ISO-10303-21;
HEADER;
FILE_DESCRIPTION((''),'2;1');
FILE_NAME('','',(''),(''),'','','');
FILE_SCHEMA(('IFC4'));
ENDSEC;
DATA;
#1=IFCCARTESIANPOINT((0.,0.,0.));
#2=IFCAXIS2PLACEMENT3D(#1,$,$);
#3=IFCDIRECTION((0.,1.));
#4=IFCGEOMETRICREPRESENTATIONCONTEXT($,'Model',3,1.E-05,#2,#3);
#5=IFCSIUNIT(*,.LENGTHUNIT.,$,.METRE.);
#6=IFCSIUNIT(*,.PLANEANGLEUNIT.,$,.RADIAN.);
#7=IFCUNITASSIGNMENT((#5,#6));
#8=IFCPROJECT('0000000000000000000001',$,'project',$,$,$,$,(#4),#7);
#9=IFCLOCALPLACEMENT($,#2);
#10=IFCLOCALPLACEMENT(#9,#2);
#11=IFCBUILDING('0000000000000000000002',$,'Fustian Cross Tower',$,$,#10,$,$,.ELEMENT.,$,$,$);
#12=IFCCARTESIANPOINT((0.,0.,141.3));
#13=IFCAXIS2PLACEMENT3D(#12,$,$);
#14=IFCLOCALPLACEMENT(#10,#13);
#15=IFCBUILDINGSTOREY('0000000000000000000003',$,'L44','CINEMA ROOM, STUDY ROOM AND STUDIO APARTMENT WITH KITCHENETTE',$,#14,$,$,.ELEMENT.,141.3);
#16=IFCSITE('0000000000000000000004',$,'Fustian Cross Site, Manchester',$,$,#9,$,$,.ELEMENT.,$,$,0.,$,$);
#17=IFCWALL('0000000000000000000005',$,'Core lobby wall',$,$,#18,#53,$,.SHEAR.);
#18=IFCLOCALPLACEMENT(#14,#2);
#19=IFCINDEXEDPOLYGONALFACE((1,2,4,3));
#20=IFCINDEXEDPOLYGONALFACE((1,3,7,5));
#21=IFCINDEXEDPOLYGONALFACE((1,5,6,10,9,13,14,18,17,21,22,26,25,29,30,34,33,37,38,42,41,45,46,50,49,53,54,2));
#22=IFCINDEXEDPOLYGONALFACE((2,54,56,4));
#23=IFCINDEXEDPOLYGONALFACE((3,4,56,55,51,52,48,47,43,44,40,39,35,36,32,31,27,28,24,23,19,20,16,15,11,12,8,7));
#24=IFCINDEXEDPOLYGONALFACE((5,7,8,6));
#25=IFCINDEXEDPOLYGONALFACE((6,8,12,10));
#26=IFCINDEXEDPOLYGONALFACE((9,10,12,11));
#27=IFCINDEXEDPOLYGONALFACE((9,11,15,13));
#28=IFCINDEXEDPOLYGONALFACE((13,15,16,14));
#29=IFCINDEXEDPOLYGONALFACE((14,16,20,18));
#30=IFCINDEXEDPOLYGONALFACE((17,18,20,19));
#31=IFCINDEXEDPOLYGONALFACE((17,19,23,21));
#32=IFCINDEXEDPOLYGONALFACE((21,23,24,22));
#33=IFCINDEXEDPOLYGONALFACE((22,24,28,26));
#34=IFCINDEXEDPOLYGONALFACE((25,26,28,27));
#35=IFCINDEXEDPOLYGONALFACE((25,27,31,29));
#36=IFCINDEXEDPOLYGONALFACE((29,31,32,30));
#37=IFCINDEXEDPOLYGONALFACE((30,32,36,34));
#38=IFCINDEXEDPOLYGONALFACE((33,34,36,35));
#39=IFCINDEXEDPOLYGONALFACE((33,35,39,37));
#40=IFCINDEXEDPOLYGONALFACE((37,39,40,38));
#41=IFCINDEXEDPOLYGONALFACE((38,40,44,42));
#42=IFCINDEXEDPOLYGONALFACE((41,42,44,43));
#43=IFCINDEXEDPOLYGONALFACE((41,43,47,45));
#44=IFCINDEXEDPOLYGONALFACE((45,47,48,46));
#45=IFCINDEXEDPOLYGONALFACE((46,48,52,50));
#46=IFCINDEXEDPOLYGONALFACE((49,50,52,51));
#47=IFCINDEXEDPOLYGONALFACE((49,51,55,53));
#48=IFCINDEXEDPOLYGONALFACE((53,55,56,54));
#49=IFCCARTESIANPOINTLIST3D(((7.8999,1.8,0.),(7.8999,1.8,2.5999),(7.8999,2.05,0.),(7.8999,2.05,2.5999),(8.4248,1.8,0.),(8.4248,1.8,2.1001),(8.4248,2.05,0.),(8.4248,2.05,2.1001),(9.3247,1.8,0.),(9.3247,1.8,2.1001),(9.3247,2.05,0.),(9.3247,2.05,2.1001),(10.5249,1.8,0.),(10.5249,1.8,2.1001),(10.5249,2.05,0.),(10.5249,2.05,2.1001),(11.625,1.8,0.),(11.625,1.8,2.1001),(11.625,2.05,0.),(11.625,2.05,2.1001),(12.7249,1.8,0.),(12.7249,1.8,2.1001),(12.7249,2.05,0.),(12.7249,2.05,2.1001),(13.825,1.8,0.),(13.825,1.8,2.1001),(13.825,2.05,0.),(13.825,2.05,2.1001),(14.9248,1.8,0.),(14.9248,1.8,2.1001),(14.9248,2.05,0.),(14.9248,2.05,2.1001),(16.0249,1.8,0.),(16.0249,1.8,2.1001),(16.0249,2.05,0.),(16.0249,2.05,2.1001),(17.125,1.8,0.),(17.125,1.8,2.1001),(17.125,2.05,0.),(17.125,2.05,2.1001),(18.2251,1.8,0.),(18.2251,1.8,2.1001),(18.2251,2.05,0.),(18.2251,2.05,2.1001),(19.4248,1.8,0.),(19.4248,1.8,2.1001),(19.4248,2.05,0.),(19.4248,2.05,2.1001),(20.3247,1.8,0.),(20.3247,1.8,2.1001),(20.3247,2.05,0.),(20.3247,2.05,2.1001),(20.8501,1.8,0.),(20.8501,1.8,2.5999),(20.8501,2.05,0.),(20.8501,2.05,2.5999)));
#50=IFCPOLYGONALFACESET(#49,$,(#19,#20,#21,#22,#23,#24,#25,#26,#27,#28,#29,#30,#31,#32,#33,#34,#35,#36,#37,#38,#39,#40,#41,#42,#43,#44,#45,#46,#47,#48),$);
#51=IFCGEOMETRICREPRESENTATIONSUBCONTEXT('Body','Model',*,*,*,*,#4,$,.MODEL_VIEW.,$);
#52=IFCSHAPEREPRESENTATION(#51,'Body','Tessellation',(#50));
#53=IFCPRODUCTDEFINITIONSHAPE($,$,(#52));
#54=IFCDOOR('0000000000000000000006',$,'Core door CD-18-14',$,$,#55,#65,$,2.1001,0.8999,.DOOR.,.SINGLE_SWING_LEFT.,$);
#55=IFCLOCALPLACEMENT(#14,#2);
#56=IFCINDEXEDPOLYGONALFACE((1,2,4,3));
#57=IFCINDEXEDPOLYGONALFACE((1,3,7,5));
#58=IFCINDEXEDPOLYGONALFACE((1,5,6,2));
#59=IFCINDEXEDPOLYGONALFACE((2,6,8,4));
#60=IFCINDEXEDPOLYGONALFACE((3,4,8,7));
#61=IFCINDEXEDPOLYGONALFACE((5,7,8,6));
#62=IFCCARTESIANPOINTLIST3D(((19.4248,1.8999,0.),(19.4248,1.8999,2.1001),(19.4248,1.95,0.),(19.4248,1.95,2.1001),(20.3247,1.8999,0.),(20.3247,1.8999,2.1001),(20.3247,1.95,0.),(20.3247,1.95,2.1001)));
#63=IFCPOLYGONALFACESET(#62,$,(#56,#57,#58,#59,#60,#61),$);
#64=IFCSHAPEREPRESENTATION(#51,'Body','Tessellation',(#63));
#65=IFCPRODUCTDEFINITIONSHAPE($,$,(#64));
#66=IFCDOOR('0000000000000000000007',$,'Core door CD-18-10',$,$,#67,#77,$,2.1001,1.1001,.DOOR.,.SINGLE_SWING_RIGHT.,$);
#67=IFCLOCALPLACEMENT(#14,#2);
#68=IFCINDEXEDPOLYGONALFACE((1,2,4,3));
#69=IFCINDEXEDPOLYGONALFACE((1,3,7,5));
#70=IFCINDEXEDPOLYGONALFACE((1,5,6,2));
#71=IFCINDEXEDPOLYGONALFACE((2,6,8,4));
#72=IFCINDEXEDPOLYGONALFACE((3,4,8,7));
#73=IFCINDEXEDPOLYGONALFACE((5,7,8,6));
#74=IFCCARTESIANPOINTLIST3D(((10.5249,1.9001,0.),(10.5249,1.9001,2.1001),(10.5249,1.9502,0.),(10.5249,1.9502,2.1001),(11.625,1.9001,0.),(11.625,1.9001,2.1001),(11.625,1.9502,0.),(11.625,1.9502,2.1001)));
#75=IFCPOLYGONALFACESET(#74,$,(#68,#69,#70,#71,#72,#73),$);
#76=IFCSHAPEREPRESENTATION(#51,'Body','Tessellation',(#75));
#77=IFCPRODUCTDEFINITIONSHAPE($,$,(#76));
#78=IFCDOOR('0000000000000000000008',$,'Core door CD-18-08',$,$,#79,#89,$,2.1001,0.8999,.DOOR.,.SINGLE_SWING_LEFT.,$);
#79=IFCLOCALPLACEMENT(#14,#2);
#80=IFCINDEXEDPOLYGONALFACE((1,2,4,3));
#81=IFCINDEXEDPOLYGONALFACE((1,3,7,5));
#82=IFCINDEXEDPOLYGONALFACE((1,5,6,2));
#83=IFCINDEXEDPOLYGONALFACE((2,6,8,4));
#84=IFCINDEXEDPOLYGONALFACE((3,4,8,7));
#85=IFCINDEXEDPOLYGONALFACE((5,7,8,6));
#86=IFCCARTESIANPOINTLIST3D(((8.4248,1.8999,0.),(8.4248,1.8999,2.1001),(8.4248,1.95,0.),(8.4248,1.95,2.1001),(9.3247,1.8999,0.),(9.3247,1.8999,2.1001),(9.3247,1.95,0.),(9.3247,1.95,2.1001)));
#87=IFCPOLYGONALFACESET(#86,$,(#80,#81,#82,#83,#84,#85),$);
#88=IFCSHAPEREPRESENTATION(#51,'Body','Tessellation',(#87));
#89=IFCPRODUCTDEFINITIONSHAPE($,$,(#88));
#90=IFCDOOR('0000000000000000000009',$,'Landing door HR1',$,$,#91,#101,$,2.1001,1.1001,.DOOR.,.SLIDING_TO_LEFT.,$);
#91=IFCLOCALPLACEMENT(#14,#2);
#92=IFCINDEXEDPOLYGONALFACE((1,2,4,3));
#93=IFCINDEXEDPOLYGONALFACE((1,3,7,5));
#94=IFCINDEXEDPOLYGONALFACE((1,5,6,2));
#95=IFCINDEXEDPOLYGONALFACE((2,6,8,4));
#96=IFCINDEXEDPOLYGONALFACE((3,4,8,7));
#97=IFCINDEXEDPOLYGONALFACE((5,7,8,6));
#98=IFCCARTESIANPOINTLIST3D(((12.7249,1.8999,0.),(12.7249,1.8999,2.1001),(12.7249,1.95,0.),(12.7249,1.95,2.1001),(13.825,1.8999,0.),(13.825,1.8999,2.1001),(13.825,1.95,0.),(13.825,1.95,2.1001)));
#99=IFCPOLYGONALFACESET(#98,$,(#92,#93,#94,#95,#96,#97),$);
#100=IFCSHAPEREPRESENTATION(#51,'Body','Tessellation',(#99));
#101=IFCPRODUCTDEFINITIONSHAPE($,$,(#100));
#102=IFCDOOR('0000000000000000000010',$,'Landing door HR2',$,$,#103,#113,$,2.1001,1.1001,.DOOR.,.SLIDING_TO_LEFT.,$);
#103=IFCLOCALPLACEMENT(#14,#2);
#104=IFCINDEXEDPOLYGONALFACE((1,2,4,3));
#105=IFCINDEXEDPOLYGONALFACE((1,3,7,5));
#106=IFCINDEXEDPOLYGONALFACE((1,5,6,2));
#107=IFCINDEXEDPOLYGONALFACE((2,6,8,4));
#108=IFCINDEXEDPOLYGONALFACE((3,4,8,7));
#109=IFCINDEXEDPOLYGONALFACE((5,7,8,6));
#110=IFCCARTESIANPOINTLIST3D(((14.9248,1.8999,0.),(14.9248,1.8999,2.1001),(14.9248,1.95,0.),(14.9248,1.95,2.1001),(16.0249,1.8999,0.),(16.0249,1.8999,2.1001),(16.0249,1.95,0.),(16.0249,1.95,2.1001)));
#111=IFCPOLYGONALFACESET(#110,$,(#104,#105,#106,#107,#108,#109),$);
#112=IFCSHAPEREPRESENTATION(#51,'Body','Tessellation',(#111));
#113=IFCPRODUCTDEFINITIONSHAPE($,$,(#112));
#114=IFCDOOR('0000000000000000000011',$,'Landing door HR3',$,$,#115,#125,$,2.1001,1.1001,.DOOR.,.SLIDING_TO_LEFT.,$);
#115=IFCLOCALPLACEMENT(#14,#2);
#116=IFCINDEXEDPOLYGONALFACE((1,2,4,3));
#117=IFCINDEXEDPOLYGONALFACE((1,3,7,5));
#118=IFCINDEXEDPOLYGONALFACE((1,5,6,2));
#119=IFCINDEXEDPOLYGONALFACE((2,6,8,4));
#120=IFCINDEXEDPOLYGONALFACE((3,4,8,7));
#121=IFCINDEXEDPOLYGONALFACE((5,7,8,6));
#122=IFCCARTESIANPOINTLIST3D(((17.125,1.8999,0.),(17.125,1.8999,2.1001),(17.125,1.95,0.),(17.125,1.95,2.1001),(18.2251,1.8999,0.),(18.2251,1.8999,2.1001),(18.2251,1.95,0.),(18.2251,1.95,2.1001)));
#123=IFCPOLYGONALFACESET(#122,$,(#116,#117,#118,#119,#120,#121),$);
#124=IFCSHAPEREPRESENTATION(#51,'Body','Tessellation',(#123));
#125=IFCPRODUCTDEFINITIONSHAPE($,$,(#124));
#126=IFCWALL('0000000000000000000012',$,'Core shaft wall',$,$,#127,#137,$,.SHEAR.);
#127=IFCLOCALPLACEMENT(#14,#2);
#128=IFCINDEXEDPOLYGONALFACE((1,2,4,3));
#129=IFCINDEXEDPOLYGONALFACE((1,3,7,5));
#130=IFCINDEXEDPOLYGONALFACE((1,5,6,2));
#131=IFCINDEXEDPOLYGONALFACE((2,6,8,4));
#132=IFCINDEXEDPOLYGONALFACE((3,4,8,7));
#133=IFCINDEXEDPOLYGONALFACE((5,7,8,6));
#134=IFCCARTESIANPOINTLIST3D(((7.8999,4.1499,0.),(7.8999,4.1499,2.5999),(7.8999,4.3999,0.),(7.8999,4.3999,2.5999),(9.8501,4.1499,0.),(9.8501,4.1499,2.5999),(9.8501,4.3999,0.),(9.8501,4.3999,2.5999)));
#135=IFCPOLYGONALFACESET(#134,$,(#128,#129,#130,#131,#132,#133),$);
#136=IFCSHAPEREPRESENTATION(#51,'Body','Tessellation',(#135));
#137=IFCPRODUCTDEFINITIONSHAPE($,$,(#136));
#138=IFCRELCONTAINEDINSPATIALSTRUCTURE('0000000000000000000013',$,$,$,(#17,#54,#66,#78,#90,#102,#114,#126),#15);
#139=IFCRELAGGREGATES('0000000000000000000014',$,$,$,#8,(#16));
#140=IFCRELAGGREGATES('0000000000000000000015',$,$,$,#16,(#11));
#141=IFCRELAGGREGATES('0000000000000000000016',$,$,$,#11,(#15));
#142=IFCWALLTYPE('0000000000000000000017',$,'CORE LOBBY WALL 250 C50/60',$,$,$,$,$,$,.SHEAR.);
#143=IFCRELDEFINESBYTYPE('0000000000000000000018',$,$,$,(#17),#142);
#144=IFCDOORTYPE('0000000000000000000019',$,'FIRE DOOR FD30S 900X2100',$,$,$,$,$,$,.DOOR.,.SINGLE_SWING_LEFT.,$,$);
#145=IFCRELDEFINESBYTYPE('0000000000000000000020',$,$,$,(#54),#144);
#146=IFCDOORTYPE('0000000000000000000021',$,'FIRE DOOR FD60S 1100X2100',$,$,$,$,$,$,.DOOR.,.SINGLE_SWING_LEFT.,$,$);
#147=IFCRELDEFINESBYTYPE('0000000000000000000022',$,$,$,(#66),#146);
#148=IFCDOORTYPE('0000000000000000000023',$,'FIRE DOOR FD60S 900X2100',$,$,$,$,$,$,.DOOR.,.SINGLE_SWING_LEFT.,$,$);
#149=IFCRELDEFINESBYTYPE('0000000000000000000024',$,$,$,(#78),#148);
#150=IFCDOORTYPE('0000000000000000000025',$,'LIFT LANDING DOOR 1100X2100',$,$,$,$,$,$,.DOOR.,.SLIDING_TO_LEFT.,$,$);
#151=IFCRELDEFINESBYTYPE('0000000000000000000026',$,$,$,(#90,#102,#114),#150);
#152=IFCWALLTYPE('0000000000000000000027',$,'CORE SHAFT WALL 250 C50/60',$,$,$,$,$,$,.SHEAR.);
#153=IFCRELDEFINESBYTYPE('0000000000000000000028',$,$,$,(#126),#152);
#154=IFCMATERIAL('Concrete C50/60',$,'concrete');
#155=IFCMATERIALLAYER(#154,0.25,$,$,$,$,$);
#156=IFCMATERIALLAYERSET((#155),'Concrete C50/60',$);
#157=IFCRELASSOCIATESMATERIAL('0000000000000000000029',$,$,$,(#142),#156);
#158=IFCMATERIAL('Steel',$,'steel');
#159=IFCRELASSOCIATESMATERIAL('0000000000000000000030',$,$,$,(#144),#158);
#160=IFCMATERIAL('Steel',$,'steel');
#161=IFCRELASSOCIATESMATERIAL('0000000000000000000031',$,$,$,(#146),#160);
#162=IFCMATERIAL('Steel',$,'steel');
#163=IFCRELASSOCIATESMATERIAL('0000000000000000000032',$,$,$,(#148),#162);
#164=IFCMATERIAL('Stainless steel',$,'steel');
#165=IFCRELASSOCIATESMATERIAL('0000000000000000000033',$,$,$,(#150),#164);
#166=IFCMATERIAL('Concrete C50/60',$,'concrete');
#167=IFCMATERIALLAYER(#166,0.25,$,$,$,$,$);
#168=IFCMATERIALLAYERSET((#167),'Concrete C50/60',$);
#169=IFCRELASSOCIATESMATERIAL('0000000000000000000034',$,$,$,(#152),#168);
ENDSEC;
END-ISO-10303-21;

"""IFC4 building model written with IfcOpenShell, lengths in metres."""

from ifc_helpers import new_model, si_unit, direction, frame, frame_2d, origin, place, context, subcontext, project, spatial, rectangle, extrude, material, layer, layer_set, type_object, element, fill, save


model = new_model("IFC4")

# Units and contexts
model_context = context("Model", 3, precision=1e-05, world=origin(), true_north=direction((0.0, 1.0)))
body_context = subcontext(model_context, "Body", "Model", "MODEL_VIEW")
ifc_project = project(units=[si_unit("LENGTHUNIT", "METRE"), si_unit("PLANEANGLEUNIT", "RADIAN")], contexts=[model_context])

# Site, building, storey
site_placement = place(None, origin())
site = spatial("IfcSite", under=ifc_project, at=site_placement, Name="Fustian Cross Site, Manchester", CompositionType="ELEMENT", RefElevation=0.0)
building_placement = place(site_placement, origin())
building = spatial("IfcBuilding", under=site, at=building_placement, Name="Fustian Cross Tower", CompositionType="ELEMENT")
storey_placement = place(building_placement, frame((0.0, 0.0, 141.3)))
storey = spatial("IfcBuildingStorey", under=building, at=storey_placement, Name="L44", Description="CINEMA ROOM, STUDY ROOM AND STUDIO APARTMENT WITH KITCHENETTE", CompositionType="ELEMENT", Elevation=141.3)

# Wall, openings, doors
ifc_material_1 = material(Name="Concrete C50/60", Category="concrete")
ifc_layer_1 = layer(ifc_material_1, 0.25)
ifc_layer_set_1 = layer_set([ifc_layer_1], Name="Concrete C50/60")
wall_type_1 = type_object("IfcWallType", Name="CORE LOBBY WALL 250 C50/60", PredefinedType="SHEAR", material=ifc_layer_set_1)
wall_1_placement = place(storey_placement, frame((7.8999, 1.925, 0.0), z_axis=(0.0, 0.0, 1.0), x_axis=(1.0, 0.0, 0.0)))
wall_1 = element("IfcWall", 1, at=wall_1_placement, inside=storey, type_object=wall_type_1, Name="Core lobby wall", PredefinedType="SHEAR", context=body_context, shape_type="SweptSolid", body=[
    extrude(rectangle(XDim=12.9502, YDim=0.25, at=frame_2d((6.4751, 0.0))), origin(), (0.0, 0.0, 1.0), 2.5999),
])
opening_1_placement = place(wall_1_placement, frame((4.825, 0.0, 0.0)))
opening_1 = element("IfcOpeningElement", 2, at=opening_1_placement, cuts=wall_1, PredefinedType="OPENING", context=body_context, shape_type="SweptSolid", body=[
    extrude(rectangle(XDim=1.1001, YDim=2.1001, at=frame_2d((0.55, 1.05))), frame((0.0, 0.135, 0.0), z_axis=(0.0, -1.0, 0.0), x_axis=(1.0, 0.0, 0.0)), (0.0, 0.0, 1.0), 0.27),
])
opening_2_placement = place(wall_1_placement, frame((7.0249, 0.0, 0.0)))
opening_2 = element("IfcOpeningElement", 3, at=opening_2_placement, cuts=wall_1, PredefinedType="OPENING", context=body_context, shape_type="SweptSolid", body=[
    extrude(rectangle(XDim=1.1001, YDim=2.1001, at=frame_2d((0.55, 1.05))), frame((0.0, 0.135, 0.0), z_axis=(0.0, -1.0, 0.0), x_axis=(1.0, 0.0, 0.0)), (0.0, 0.0, 1.0), 0.27),
])
opening_3_placement = place(wall_1_placement, frame((9.2251, 0.0, 0.0)))
opening_3 = element("IfcOpeningElement", 4, at=opening_3_placement, cuts=wall_1, PredefinedType="OPENING", context=body_context, shape_type="SweptSolid", body=[
    extrude(rectangle(XDim=1.1001, YDim=2.1001, at=frame_2d((0.55, 1.05))), frame((0.0, 0.135, 0.0), z_axis=(0.0, -1.0, 0.0), x_axis=(1.0, 0.0, 0.0)), (0.0, 0.0, 1.0), 0.27),
])
opening_4_placement = place(wall_1_placement, frame((0.5249, 0.0, 0.0)))
opening_4 = element("IfcOpeningElement", 5, at=opening_4_placement, cuts=wall_1, PredefinedType="OPENING", context=body_context, shape_type="SweptSolid", body=[
    extrude(rectangle(XDim=0.8999, YDim=2.1001, at=frame_2d((0.45, 1.05))), frame((0.0, 0.135, 0.0), z_axis=(0.0, -1.0, 0.0), x_axis=(1.0, 0.0, 0.0)), (0.0, 0.0, 1.0), 0.27),
])
opening_5_placement = place(wall_1_placement, frame((2.625, 0.0, 0.0)))
opening_5 = element("IfcOpeningElement", 6, at=opening_5_placement, cuts=wall_1, PredefinedType="OPENING", context=body_context, shape_type="SweptSolid", body=[
    extrude(rectangle(XDim=1.1001, YDim=2.1001, at=frame_2d((0.55, 1.05))), frame((0.0, 0.135, 0.0), z_axis=(0.0, -1.0, 0.0), x_axis=(1.0, 0.0, 0.0)), (0.0, 0.0, 1.0), 0.27),
])
opening_6_placement = place(wall_1_placement, frame((11.5249, 0.0, 0.0)))
opening_6 = element("IfcOpeningElement", 7, at=opening_6_placement, cuts=wall_1, PredefinedType="OPENING", context=body_context, shape_type="SweptSolid", body=[
    extrude(rectangle(XDim=0.8999, YDim=2.1001, at=frame_2d((0.45, 1.05))), frame((0.0, 0.135, 0.0), z_axis=(0.0, -1.0, 0.0), x_axis=(1.0, 0.0, 0.0)), (0.0, 0.0, 1.0), 0.27),
])
ifc_material_2 = material(Name="Steel", Category="steel")
door_type_1 = type_object("IfcDoorType", Name="FIRE DOOR FD30S 900X2100", OperationType="SINGLE_SWING_LEFT", PredefinedType="DOOR", material=ifc_material_2)
door_1_placement = place(opening_6_placement, origin())
door_1 = element("IfcDoor", 8, at=door_1_placement, inside=storey, type_object=door_type_1, Name="Core door CD-18-14", OperationType="SINGLE_SWING_LEFT", OverallHeight=2.1001, OverallWidth=0.8999, PredefinedType="DOOR", context=body_context, shape_type="SweptSolid", body=[
    extrude(rectangle(XDim=0.8999, YDim=2.1001, at=frame_2d((0.45, 1.05))), frame((0.0, 0.0249, 0.0), z_axis=(0.0, -1.0, 0.0), x_axis=(1.0, 0.0, 0.0)), (0.0, 0.0, 1.0), 0.05),
])
fill(opening_6, door_1)
ifc_material_3 = material(Name="Steel", Category="steel")
door_type_2 = type_object("IfcDoorType", Name="FIRE DOOR FD60S 1100X2100", OperationType="SINGLE_SWING_LEFT", PredefinedType="DOOR", material=ifc_material_3)
door_2_placement = place(opening_5_placement, frame((1.1001, 0.0, 0.0), z_axis=(0.0, 0.0, 1.0), x_axis=(-1.0, 0.0, 0.0)))
door_2 = element("IfcDoor", 9, at=door_2_placement, inside=storey, type_object=door_type_2, Name="Core door CD-18-10", OperationType="SINGLE_SWING_RIGHT", OverallHeight=2.1001, OverallWidth=1.1001, PredefinedType="DOOR", context=body_context, shape_type="SweptSolid", body=[
    extrude(rectangle(XDim=1.1001, YDim=2.1001, at=frame_2d((0.55, 1.05))), frame((0.0, 0.0249, 0.0), z_axis=(0.0, -1.0, 0.0), x_axis=(1.0, 0.0, 0.0)), (0.0, 0.0, 1.0), 0.05),
])
fill(opening_5, door_2)
ifc_material_4 = material(Name="Steel", Category="steel")
door_type_3 = type_object("IfcDoorType", Name="FIRE DOOR FD60S 900X2100", OperationType="SINGLE_SWING_LEFT", PredefinedType="DOOR", material=ifc_material_4)
door_3_placement = place(opening_4_placement, origin())
door_3 = element("IfcDoor", 10, at=door_3_placement, inside=storey, type_object=door_type_3, Name="Core door CD-18-08", OperationType="SINGLE_SWING_LEFT", OverallHeight=2.1001, OverallWidth=0.8999, PredefinedType="DOOR", context=body_context, shape_type="SweptSolid", body=[
    extrude(rectangle(XDim=0.8999, YDim=2.1001, at=frame_2d((0.45, 1.05))), frame((0.0, 0.0249, 0.0), z_axis=(0.0, -1.0, 0.0), x_axis=(1.0, 0.0, 0.0)), (0.0, 0.0, 1.0), 0.05),
])
fill(opening_4, door_3)
ifc_material_5 = material(Name="Stainless steel", Category="steel")
door_type_4 = type_object("IfcDoorType", Name="LIFT LANDING DOOR 1100X2100", OperationType="SLIDING_TO_LEFT", PredefinedType="DOOR", material=ifc_material_5)
door_4_placement = place(opening_1_placement, origin())
door_4 = element("IfcDoor", 11, at=door_4_placement, inside=storey, type_object=door_type_4, Name="Landing door HR1", OperationType="SLIDING_TO_LEFT", OverallHeight=2.1001, OverallWidth=1.1001, PredefinedType="DOOR", context=body_context, shape_type="SweptSolid", body=[
    extrude(rectangle(XDim=1.1001, YDim=2.1001, at=frame_2d((0.55, 1.05))), frame((0.0, 0.0249, 0.0), z_axis=(0.0, -1.0, 0.0), x_axis=(1.0, 0.0, 0.0)), (0.0, 0.0, 1.0), 0.05),
])
fill(opening_1, door_4)
door_5_placement = place(opening_2_placement, origin())
door_5 = element("IfcDoor", 12, at=door_5_placement, inside=storey, type_object=door_type_4, Name="Landing door HR2", OperationType="SLIDING_TO_LEFT", OverallHeight=2.1001, OverallWidth=1.1001, PredefinedType="DOOR", context=body_context, shape_type="SweptSolid", body=[
    extrude(rectangle(XDim=1.1001, YDim=2.1001, at=frame_2d((0.55, 1.05))), frame((0.0, 0.0249, 0.0), z_axis=(0.0, -1.0, 0.0), x_axis=(1.0, 0.0, 0.0)), (0.0, 0.0, 1.0), 0.05),
])
fill(opening_2, door_5)
door_6_placement = place(opening_3_placement, origin())
door_6 = element("IfcDoor", 13, at=door_6_placement, inside=storey, type_object=door_type_4, Name="Landing door HR3", OperationType="SLIDING_TO_LEFT", OverallHeight=2.1001, OverallWidth=1.1001, PredefinedType="DOOR", context=body_context, shape_type="SweptSolid", body=[
    extrude(rectangle(XDim=1.1001, YDim=2.1001, at=frame_2d((0.55, 1.05))), frame((0.0, 0.0249, 0.0), z_axis=(0.0, -1.0, 0.0), x_axis=(1.0, 0.0, 0.0)), (0.0, 0.0, 1.0), 0.05),
])
fill(opening_3, door_6)

# Wall
ifc_material_6 = material(Name="Concrete C50/60", Category="concrete")
ifc_layer_2 = layer(ifc_material_6, 0.25)
ifc_layer_set_2 = layer_set([ifc_layer_2], Name="Concrete C50/60")
wall_type_2 = type_object("IfcWallType", Name="CORE SHAFT WALL 250 C50/60", PredefinedType="SHEAR", material=ifc_layer_set_2)
wall_2_placement = place(storey_placement, frame((7.8999, 4.2749, 0.0), z_axis=(0.0, 0.0, 1.0), x_axis=(1.0, 0.0, 0.0)))
element("IfcWall", 14, at=wall_2_placement, inside=storey, type_object=wall_type_2, Name="Core shaft wall", PredefinedType="SHEAR", context=body_context, shape_type="SweptSolid", body=[
    extrude(rectangle(XDim=1.9502, YDim=0.25, at=frame_2d((0.9751, 0.0))), origin(), (0.0, 0.0, 1.0), 2.5999),
])

save(model, "model.ifc")
